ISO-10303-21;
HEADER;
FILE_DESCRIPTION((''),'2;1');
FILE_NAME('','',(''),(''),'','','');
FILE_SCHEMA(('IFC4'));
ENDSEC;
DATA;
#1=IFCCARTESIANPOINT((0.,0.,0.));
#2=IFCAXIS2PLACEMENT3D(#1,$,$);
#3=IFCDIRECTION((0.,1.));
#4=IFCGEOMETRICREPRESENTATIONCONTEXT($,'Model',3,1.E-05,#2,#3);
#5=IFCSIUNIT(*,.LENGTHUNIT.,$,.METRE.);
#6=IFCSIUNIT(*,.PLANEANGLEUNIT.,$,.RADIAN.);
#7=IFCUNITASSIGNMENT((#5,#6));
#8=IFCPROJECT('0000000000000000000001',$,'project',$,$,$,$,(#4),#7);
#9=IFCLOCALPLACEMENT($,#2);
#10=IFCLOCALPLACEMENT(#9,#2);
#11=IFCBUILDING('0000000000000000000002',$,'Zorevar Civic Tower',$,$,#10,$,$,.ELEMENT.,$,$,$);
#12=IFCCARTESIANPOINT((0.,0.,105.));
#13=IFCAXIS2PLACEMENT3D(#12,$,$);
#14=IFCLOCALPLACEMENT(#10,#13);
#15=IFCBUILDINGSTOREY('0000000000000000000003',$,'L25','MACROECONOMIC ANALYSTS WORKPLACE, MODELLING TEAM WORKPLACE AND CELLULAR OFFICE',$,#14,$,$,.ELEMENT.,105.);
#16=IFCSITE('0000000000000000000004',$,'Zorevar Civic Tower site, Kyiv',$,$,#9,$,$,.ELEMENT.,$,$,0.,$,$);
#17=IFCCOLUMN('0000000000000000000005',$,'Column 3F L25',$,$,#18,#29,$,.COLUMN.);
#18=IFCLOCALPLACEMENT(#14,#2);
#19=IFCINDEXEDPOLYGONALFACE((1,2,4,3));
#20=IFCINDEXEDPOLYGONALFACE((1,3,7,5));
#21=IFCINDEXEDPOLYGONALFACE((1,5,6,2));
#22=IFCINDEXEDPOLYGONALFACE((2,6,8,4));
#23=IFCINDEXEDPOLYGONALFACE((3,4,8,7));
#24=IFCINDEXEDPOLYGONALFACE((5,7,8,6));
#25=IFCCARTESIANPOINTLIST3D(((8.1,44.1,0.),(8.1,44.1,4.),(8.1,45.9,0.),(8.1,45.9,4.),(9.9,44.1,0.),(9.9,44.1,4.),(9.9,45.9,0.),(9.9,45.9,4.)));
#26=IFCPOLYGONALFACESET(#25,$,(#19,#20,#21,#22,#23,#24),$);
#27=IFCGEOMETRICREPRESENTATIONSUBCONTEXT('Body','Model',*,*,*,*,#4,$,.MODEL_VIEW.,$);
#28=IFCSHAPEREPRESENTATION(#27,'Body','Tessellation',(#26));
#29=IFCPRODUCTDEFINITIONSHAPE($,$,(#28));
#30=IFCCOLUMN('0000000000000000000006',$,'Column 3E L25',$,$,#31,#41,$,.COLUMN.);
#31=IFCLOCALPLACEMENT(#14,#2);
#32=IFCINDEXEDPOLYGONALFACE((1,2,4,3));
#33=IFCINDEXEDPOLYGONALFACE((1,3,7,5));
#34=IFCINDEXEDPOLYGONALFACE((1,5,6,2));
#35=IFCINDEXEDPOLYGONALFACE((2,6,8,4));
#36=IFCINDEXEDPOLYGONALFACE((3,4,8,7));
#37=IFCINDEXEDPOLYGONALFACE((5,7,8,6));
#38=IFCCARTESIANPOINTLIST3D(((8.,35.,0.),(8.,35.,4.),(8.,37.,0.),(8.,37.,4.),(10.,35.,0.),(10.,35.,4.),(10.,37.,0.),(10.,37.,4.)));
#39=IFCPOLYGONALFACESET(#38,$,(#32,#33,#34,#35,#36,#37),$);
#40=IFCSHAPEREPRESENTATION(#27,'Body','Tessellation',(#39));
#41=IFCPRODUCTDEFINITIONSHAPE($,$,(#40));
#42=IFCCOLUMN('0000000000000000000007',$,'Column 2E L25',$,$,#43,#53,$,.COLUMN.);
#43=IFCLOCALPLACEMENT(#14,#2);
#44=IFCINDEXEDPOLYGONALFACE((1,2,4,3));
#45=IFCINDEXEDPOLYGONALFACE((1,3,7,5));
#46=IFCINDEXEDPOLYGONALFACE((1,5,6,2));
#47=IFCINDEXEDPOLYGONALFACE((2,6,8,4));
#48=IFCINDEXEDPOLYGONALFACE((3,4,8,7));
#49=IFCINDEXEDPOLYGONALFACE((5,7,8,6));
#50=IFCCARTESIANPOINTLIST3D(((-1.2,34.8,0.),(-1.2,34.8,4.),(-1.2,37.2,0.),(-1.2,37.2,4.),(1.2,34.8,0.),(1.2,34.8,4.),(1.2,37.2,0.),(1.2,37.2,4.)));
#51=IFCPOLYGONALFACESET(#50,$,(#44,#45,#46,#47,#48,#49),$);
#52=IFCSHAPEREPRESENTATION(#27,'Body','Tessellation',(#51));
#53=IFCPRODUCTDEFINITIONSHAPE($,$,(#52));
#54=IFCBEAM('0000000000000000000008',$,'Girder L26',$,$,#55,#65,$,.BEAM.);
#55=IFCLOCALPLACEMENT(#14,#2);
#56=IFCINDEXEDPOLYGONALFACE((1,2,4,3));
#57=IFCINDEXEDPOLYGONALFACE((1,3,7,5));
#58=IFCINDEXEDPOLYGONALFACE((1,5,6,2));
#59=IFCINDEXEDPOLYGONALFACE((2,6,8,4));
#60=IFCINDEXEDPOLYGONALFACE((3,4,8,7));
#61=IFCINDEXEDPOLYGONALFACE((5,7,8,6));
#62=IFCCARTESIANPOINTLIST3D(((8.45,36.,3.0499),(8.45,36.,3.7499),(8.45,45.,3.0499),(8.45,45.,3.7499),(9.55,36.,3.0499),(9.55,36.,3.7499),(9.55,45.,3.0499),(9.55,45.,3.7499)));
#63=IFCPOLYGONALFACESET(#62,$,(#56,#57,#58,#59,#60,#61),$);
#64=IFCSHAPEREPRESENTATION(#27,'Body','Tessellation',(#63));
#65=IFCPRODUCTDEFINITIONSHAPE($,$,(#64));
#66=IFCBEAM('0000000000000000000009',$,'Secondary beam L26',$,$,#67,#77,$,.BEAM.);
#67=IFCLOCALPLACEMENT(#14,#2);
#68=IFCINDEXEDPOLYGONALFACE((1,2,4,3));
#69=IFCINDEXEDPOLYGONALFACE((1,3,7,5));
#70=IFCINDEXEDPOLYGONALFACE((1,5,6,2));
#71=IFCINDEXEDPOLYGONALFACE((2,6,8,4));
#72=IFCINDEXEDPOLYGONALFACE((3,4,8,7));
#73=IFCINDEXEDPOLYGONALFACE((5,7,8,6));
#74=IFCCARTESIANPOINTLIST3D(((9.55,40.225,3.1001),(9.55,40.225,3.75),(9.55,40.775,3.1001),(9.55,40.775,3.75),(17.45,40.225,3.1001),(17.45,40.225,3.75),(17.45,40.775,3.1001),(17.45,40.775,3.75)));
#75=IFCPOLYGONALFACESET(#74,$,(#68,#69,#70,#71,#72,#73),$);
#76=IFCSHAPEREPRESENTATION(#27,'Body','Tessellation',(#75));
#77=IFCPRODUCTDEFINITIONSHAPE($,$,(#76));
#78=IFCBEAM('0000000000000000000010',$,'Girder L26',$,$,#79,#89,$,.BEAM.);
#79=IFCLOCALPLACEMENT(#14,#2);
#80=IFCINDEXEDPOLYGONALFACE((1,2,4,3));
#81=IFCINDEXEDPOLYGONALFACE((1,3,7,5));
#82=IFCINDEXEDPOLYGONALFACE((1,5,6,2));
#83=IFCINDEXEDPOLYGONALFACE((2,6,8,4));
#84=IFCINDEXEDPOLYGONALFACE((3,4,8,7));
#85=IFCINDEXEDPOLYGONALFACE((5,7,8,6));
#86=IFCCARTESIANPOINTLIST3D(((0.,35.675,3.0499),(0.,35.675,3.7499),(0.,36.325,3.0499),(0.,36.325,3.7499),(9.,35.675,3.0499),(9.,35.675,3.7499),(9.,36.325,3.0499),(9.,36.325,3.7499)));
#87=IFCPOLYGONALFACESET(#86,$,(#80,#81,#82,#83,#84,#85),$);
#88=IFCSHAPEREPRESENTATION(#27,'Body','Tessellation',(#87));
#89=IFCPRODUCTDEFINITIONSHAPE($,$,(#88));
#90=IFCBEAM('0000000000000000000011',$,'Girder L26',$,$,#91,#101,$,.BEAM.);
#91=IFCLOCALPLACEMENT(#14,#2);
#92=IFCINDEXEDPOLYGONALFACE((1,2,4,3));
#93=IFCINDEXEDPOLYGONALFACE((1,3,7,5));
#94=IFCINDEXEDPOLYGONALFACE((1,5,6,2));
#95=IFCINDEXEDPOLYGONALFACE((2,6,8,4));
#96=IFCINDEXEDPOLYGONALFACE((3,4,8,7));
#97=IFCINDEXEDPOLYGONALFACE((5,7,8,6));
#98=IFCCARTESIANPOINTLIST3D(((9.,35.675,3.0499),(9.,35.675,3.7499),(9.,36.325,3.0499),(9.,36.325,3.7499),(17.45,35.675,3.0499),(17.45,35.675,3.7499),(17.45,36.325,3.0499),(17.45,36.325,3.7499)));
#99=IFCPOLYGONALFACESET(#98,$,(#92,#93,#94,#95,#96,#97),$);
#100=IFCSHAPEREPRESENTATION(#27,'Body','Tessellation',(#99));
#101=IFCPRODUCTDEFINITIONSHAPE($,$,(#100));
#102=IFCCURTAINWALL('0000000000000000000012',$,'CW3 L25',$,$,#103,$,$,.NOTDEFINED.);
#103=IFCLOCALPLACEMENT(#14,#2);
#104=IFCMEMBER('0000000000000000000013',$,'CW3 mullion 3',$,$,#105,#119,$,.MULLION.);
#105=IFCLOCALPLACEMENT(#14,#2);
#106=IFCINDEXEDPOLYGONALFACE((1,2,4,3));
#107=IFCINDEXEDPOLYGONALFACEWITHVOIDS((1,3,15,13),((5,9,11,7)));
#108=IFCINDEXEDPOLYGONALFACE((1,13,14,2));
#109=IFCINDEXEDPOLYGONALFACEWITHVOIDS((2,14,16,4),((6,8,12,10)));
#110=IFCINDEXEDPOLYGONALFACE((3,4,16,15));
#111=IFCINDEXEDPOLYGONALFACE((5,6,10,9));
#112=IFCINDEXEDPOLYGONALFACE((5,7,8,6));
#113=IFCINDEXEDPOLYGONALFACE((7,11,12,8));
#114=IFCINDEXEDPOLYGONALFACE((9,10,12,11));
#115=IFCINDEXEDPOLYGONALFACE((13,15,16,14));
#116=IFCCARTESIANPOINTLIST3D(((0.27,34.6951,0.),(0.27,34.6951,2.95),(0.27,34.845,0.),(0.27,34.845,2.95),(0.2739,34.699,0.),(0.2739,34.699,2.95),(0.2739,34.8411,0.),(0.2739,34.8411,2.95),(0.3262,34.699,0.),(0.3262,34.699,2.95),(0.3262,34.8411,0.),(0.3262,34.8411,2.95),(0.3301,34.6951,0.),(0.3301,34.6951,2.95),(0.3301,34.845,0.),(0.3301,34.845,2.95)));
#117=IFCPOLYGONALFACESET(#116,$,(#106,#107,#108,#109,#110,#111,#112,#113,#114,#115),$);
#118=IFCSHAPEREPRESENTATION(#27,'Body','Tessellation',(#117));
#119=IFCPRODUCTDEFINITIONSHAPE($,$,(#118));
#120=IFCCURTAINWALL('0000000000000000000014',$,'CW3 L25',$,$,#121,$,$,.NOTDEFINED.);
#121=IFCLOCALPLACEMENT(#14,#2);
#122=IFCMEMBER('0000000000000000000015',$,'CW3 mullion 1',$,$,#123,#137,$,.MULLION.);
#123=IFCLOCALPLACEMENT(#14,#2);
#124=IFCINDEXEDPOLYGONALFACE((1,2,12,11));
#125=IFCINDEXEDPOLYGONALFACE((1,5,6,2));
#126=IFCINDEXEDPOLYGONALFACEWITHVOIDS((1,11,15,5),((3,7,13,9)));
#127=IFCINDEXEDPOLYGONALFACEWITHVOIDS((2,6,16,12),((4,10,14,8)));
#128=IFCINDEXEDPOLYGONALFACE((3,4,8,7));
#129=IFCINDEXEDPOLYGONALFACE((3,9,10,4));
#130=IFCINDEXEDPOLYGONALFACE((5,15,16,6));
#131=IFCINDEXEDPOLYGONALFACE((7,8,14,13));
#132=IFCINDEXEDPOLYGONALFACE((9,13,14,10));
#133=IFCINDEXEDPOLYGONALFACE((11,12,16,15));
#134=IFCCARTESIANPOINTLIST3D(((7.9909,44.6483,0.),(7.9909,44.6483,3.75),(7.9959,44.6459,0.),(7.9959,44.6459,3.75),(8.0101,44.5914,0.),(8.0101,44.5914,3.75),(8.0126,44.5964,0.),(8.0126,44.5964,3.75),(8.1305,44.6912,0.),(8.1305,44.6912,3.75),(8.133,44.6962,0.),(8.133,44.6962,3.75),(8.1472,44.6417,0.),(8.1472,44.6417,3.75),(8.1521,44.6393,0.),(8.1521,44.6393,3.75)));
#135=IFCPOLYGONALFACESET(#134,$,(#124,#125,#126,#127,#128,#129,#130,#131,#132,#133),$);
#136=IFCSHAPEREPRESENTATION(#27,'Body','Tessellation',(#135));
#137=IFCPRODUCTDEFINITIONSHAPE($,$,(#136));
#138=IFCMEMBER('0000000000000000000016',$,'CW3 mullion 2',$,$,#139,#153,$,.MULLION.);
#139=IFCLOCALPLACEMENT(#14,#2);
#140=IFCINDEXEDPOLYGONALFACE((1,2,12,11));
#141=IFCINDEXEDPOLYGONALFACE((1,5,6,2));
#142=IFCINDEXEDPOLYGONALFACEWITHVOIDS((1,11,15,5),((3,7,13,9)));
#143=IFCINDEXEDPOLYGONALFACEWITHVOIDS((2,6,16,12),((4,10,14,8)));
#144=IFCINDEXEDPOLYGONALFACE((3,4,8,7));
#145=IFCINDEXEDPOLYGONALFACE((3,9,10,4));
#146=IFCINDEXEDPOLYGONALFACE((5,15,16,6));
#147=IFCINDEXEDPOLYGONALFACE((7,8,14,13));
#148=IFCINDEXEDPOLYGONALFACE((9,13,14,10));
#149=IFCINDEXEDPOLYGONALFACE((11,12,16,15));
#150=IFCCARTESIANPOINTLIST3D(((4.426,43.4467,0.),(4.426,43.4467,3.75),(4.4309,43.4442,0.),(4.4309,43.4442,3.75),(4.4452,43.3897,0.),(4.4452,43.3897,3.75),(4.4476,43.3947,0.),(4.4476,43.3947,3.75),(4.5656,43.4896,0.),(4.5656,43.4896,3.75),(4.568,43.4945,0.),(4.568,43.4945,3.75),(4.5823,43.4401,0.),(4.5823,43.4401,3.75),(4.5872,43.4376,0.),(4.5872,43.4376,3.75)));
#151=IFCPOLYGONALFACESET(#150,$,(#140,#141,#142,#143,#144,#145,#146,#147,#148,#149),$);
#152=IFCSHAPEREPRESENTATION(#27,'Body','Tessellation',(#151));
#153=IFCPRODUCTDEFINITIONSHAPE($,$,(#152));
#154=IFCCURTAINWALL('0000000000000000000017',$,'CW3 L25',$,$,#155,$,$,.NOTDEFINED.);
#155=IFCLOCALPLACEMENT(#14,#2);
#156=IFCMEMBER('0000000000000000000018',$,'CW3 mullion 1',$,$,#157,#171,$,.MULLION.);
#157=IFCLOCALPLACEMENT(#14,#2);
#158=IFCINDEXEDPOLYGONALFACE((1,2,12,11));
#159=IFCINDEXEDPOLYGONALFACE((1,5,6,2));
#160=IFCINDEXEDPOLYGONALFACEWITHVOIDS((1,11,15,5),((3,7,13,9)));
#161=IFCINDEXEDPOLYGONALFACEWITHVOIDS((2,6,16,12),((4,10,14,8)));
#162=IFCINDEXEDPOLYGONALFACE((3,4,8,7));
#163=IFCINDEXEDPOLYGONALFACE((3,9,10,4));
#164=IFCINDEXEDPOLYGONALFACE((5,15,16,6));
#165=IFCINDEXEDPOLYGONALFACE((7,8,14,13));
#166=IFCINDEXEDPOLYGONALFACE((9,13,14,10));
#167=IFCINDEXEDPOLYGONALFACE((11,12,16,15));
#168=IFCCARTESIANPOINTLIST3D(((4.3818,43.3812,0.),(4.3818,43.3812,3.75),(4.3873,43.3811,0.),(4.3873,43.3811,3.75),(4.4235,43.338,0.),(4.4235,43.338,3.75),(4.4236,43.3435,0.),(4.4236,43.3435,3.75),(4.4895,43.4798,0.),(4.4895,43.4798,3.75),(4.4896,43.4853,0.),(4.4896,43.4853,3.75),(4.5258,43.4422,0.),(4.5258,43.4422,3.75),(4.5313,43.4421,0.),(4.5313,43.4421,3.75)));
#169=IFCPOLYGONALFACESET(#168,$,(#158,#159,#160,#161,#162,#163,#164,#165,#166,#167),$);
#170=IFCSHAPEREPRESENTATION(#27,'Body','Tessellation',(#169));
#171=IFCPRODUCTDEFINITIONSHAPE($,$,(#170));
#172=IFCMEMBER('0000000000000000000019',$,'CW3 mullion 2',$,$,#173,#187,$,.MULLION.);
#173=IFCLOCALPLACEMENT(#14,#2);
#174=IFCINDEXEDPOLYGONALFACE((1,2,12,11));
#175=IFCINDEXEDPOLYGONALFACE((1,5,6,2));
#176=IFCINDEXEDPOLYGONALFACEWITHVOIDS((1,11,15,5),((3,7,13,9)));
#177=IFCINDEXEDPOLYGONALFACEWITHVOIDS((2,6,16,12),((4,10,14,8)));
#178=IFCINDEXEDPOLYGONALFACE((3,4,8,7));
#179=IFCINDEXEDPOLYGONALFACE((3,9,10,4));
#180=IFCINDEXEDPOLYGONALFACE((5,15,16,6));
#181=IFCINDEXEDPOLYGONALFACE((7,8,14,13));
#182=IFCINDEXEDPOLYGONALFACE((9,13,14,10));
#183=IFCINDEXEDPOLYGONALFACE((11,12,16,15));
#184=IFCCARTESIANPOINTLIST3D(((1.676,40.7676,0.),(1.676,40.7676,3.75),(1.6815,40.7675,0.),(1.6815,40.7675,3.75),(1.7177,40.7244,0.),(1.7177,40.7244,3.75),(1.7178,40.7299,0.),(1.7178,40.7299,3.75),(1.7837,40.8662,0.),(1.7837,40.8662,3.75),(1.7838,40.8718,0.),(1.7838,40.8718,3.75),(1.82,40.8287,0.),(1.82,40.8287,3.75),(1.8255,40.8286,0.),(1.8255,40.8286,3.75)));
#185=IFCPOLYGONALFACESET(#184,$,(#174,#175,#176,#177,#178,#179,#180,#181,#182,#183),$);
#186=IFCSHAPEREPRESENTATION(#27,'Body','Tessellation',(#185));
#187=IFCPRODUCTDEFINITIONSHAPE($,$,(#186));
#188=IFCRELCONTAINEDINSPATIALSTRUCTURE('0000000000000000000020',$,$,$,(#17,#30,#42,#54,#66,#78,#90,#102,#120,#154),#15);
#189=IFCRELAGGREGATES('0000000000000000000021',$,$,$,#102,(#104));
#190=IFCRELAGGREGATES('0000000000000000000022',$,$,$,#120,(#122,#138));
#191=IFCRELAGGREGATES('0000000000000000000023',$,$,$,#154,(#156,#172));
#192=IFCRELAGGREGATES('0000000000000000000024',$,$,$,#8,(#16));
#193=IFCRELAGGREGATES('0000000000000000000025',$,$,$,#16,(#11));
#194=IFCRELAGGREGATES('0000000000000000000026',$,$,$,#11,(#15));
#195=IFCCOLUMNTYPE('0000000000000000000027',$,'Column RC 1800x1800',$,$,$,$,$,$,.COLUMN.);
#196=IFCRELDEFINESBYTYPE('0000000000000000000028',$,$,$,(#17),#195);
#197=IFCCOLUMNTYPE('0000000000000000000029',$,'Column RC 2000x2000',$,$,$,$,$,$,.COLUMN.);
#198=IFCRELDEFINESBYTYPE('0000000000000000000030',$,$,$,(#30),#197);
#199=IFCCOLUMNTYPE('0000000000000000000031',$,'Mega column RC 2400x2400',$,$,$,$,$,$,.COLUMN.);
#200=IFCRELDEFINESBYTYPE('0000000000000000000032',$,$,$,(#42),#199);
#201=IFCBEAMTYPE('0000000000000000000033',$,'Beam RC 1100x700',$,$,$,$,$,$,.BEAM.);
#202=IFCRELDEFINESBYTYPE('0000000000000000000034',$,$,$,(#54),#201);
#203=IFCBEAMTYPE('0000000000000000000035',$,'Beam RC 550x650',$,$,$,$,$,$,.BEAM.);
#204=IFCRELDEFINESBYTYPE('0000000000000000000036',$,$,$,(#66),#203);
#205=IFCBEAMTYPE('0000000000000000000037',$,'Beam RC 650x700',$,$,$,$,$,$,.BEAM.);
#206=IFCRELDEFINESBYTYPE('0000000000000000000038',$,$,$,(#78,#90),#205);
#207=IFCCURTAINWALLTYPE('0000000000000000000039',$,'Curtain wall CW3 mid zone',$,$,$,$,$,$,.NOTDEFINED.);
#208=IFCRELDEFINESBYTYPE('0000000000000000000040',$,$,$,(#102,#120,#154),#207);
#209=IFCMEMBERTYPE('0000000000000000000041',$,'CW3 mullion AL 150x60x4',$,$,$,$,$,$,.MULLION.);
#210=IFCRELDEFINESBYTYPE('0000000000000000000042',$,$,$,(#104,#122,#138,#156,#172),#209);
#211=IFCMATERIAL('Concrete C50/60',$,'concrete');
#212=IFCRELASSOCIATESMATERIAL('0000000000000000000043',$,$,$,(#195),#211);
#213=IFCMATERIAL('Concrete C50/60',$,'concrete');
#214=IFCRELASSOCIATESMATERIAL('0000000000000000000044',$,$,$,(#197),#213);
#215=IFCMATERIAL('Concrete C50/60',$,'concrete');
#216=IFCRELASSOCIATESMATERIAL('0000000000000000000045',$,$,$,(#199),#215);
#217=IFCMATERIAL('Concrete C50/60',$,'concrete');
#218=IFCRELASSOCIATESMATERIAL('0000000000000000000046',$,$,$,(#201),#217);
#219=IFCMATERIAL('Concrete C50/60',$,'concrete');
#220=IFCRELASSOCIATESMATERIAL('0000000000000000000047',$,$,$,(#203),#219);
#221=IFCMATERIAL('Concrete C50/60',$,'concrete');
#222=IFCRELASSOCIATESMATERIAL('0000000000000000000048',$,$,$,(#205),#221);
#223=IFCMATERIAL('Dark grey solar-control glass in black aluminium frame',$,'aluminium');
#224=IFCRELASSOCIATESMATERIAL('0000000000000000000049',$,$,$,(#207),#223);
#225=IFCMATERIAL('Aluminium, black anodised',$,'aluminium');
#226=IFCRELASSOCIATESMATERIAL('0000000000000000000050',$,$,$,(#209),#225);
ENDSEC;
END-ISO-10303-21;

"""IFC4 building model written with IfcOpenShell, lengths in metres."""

from ifc_helpers import new_model, si_unit, direction, frame, origin, origin_2d, place, context, subcontext, project, spatial, rectangle, hollow_rectangle, extrude, material, material_profile, profile_set, type_object, element, aggregate, save


model = new_model("IFC4")

# Units and contexts
model_context = context("Model", 3, precision=1e-05, world=origin(), true_north=direction((0.0, 1.0)))
body_context = subcontext(model_context, "Body", "Model", "MODEL_VIEW")
ifc_project = project(units=[si_unit("LENGTHUNIT", "METRE"), si_unit("PLANEANGLEUNIT", "RADIAN")], contexts=[model_context])

# Site, building, storey
site_placement = place(None, origin())
site = spatial("IfcSite", under=ifc_project, at=site_placement, Name="Zorevar Civic Tower site, Kyiv", CompositionType="ELEMENT", RefElevation=0.0)
building_placement = place(site_placement, origin())
building = spatial("IfcBuilding", under=site, at=building_placement, Name="Zorevar Civic Tower", CompositionType="ELEMENT")
storey_placement = place(building_placement, frame((0.0, 0.0, 105.0)))
storey = spatial("IfcBuildingStorey", under=building, at=storey_placement, Name="L25", Description="MACROECONOMIC ANALYSTS WORKPLACE, MODELLING TEAM WORKPLACE AND CELLULAR OFFICE", CompositionType="ELEMENT", Elevation=105.0)

# Columns
ifc_material_1 = material(Name="Concrete C50/60", Category="concrete")
ifc_material_profile_1 = material_profile(ifc_material_1, rectangle(XDim=1.8, YDim=1.8, at=origin_2d()), Name="RC 1800x1800")
ifc_profile_set_1 = profile_set([ifc_material_profile_1], Name="Concrete C50/60")
column_type_1 = type_object("IfcColumnType", Name="Column RC 1800x1800", PredefinedType="COLUMN", material=ifc_profile_set_1)
column_1_placement = place(storey_placement, frame((9.0, 45.0, 0.0), z_axis=(0.0, 0.0, 1.0), x_axis=(1.0, 0.0, 0.0)))
element("IfcColumn", 1, at=column_1_placement, inside=storey, type_object=column_type_1, Name="Column 3F L25", PredefinedType="COLUMN", context=body_context, shape_type="SweptSolid", body=[
    extrude(rectangle(XDim=1.8, YDim=1.8, at=origin_2d()), origin(), (0.0, 0.0, 1.0), 4.0),
])
ifc_material_2 = material(Name="Concrete C50/60", Category="concrete")
ifc_material_profile_2 = material_profile(ifc_material_2, rectangle(XDim=2.0, YDim=2.0, at=origin_2d()), Name="RC 2000x2000")
ifc_profile_set_2 = profile_set([ifc_material_profile_2], Name="Concrete C50/60")
column_type_2 = type_object("IfcColumnType", Name="Column RC 2000x2000", PredefinedType="COLUMN", material=ifc_profile_set_2)
column_2_placement = place(storey_placement, frame((9.0, 36.0, 0.0), z_axis=(0.0, 0.0, 1.0), x_axis=(1.0, 0.0, 0.0)))
element("IfcColumn", 2, at=column_2_placement, inside=storey, type_object=column_type_2, Name="Column 3E L25", PredefinedType="COLUMN", context=body_context, shape_type="SweptSolid", body=[
    extrude(rectangle(XDim=2.0, YDim=2.0, at=origin_2d()), origin(), (0.0, 0.0, 1.0), 4.0),
])
ifc_material_3 = material(Name="Concrete C50/60", Category="concrete")
ifc_material_profile_3 = material_profile(ifc_material_3, rectangle(XDim=2.3999, YDim=2.3999, at=origin_2d()), Name="RC 2400x2400")
ifc_profile_set_3 = profile_set([ifc_material_profile_3], Name="Concrete C50/60")
column_type_3 = type_object("IfcColumnType", Name="Mega column RC 2400x2400", PredefinedType="COLUMN", material=ifc_profile_set_3)
column_3_placement = place(storey_placement, frame((0.0, 36.0, 0.0), z_axis=(0.0, 0.0, 1.0), x_axis=(1.0, 0.0, 0.0)))
element("IfcColumn", 3, at=column_3_placement, inside=storey, type_object=column_type_3, Name="Column 2E L25", PredefinedType="COLUMN", context=body_context, shape_type="SweptSolid", body=[
    extrude(rectangle(XDim=2.3999, YDim=2.3999, at=origin_2d()), origin(), (0.0, 0.0, 1.0), 4.0),
])

# Beams
ifc_material_4 = material(Name="Concrete C50/60", Category="concrete")
ifc_material_profile_4 = material_profile(ifc_material_4, rectangle(XDim=1.1001, YDim=0.7, at=origin_2d()), Name="RC 1100x700")
ifc_profile_set_4 = profile_set([ifc_material_profile_4], Name="Concrete C50/60")
beam_type_1 = type_object("IfcBeamType", Name="Beam RC 1100x700", PredefinedType="BEAM", material=ifc_profile_set_4)
beam_1_placement = place(storey_placement, frame((9.0, 36.0, 3.3999), z_axis=(0.0, 1.0, 0.0), x_axis=(-1.0, 0.0, 0.0)))
element("IfcBeam", 4, at=beam_1_placement, inside=storey, type_object=beam_type_1, Name="Girder L26", PredefinedType="BEAM", context=body_context, shape_type="SweptSolid", body=[
    extrude(rectangle(XDim=1.1001, YDim=0.7, at=origin_2d()), origin(), (0.0, 0.0, 1.0), 9.0),
])
ifc_material_5 = material(Name="Concrete C50/60", Category="concrete")
ifc_material_profile_5 = material_profile(ifc_material_5, rectangle(XDim=0.55, YDim=0.6499, at=origin_2d()), Name="RC 550x650")
ifc_profile_set_5 = profile_set([ifc_material_profile_5], Name="Concrete C50/60")
beam_type_2 = type_object("IfcBeamType", Name="Beam RC 550x650", PredefinedType="BEAM", material=ifc_profile_set_5)
beam_2_placement = place(storey_placement, frame((9.55, 40.5, 3.425), z_axis=(1.0, 0.0, 0.0), x_axis=(0.0, 1.0, 0.0)))
element("IfcBeam", 5, at=beam_2_placement, inside=storey, type_object=beam_type_2, Name="Secondary beam L26", PredefinedType="BEAM", context=body_context, shape_type="SweptSolid", body=[
    extrude(rectangle(XDim=0.55, YDim=0.6499, at=origin_2d()), origin(), (0.0, 0.0, 1.0), 7.8999),
])
ifc_material_6 = material(Name="Concrete C50/60", Category="concrete")
ifc_material_profile_6 = material_profile(ifc_material_6, rectangle(XDim=0.6499, YDim=0.7, at=origin_2d()), Name="RC 650x700")
ifc_profile_set_6 = profile_set([ifc_material_profile_6], Name="Concrete C50/60")
beam_type_3 = type_object("IfcBeamType", Name="Beam RC 650x700", PredefinedType="BEAM", material=ifc_profile_set_6)
beam_3_placement = place(storey_placement, frame((0.0, 36.0, 3.3999), z_axis=(1.0, 0.0, 0.0), x_axis=(0.0, 1.0, 0.0)))
element("IfcBeam", 6, at=beam_3_placement, inside=storey, type_object=beam_type_3, Name="Girder L26", PredefinedType="BEAM", context=body_context, shape_type="SweptSolid", body=[
    extrude(rectangle(XDim=0.6499, YDim=0.7, at=origin_2d()), origin(), (0.0, 0.0, 1.0), 9.0),
])
beam_4_placement = place(storey_placement, frame((9.0, 36.0, 3.3999), z_axis=(1.0, 0.0, 0.0), x_axis=(0.0, 1.0, 0.0)))
element("IfcBeam", 7, at=beam_4_placement, inside=storey, type_object=beam_type_3, Name="Girder L26", PredefinedType="BEAM", context=body_context, shape_type="SweptSolid", body=[
    extrude(rectangle(XDim=0.6499, YDim=0.7, at=origin_2d()), origin(), (0.0, 0.0, 1.0), 8.45),
])

# Curtain wall, member
ifc_material_7 = material(Name="Dark grey solar-control glass in black aluminium frame", Category="aluminium")
curtain_wall_type = type_object("IfcCurtainWallType", Name="Curtain wall CW3 mid zone", PredefinedType="NOTDEFINED", material=ifc_material_7)
curtain_wall_1_placement = place(storey_placement, origin())
curtain_wall_1 = element("IfcCurtainWall", 8, at=curtain_wall_1_placement, inside=storey, type_object=curtain_wall_type, Name="CW3 L25", PredefinedType="NOTDEFINED")
ifc_material_8 = material(Name="Aluminium, black anodised", Category="aluminium")
ifc_material_profile_7 = material_profile(ifc_material_8, hollow_rectangle(XDim=0.0601, YDim=0.1499, WallThickness=0.0039, at=origin_2d()), Name="AL 150x60x4")
ifc_profile_set_7 = profile_set([ifc_material_profile_7], Name="Aluminium, black anodised")
member_type_1 = type_object("IfcMemberType", Name="CW3 mullion AL 150x60x4", PredefinedType="MULLION", material=ifc_profile_set_7)
member_1_placement = place(storey_placement, frame((0.3, 34.77, 0.0), z_axis=(0.0, 0.0, 1.0), x_axis=(-1.0, 0.0, 0.0)))
member_1 = element("IfcMember", 9, at=member_1_placement, type_object=member_type_1, Name="CW3 mullion 3", PredefinedType="MULLION", context=body_context, shape_type="SweptSolid", body=[
    extrude(hollow_rectangle(XDim=0.0601, YDim=0.1499, WallThickness=0.0039, at=origin_2d()), origin(), (0.0, 0.0, 1.0), 2.95),
])

# Curtain walls, members
curtain_wall_2_placement = place(storey_placement, origin())
curtain_wall_2 = element("IfcCurtainWall", 10, at=curtain_wall_2_placement, inside=storey, type_object=curtain_wall_type, Name="CW3 L25", PredefinedType="NOTDEFINED")
member_2_placement = place(storey_placement, frame((8.0715, 44.6438, 0.0), z_axis=(0.0, 0.0, 1.0), x_axis=(0.319413, -0.947616, 0.0)))
member_2 = element("IfcMember", 11, at=member_2_placement, type_object=member_type_1, Name="CW3 mullion 1", PredefinedType="MULLION", context=body_context, shape_type="SweptSolid", body=[
    extrude(hollow_rectangle(XDim=0.0601, YDim=0.1499, WallThickness=0.0039, at=origin_2d()), origin(), (0.0, 0.0, 1.0), 3.75),
])
member_3_placement = place(storey_placement, frame((4.5066, 43.4421, 0.0), z_axis=(0.0, 0.0, 1.0), x_axis=(0.319413, -0.947616, 0.0)))
member_3 = element("IfcMember", 12, at=member_3_placement, type_object=member_type_1, Name="CW3 mullion 2", PredefinedType="MULLION", context=body_context, shape_type="SweptSolid", body=[
    extrude(hollow_rectangle(XDim=0.0601, YDim=0.1499, WallThickness=0.0039, at=origin_2d()), origin(), (0.0, 0.0, 1.0), 3.75),
])
curtain_wall_3_placement = place(storey_placement, origin())
curtain_wall_3 = element("IfcCurtainWall", 13, at=curtain_wall_3_placement, inside=storey, type_object=curtain_wall_type, Name="CW3 L25", PredefinedType="NOTDEFINED")
member_4_placement = place(storey_placement, frame((4.4565, 43.4116, 0.0), z_axis=(0.0, 0.0, 1.0), x_axis=(0.694719, -0.719281, 0.0)))
member_4 = element("IfcMember", 14, at=member_4_placement, type_object=member_type_1, Name="CW3 mullion 1", PredefinedType="MULLION", context=body_context, shape_type="SweptSolid", body=[
    extrude(hollow_rectangle(XDim=0.0601, YDim=0.1499, WallThickness=0.0039, at=origin_2d()), origin(), (0.0, 0.0, 1.0), 3.75),
])
member_5_placement = place(storey_placement, frame((1.7507, 40.7981, 0.0), z_axis=(0.0, 0.0, 1.0), x_axis=(0.694719, -0.719281, 0.0)))
member_5 = element("IfcMember", 15, at=member_5_placement, type_object=member_type_1, Name="CW3 mullion 2", PredefinedType="MULLION", context=body_context, shape_type="SweptSolid", body=[
    extrude(hollow_rectangle(XDim=0.0601, YDim=0.1499, WallThickness=0.0039, at=origin_2d()), origin(), (0.0, 0.0, 1.0), 3.75),
])

aggregate(curtain_wall_1, [member_1])
aggregate(curtain_wall_2, [member_2, member_3])
aggregate(curtain_wall_3, [member_4, member_5])

save(model, "model.ifc")
